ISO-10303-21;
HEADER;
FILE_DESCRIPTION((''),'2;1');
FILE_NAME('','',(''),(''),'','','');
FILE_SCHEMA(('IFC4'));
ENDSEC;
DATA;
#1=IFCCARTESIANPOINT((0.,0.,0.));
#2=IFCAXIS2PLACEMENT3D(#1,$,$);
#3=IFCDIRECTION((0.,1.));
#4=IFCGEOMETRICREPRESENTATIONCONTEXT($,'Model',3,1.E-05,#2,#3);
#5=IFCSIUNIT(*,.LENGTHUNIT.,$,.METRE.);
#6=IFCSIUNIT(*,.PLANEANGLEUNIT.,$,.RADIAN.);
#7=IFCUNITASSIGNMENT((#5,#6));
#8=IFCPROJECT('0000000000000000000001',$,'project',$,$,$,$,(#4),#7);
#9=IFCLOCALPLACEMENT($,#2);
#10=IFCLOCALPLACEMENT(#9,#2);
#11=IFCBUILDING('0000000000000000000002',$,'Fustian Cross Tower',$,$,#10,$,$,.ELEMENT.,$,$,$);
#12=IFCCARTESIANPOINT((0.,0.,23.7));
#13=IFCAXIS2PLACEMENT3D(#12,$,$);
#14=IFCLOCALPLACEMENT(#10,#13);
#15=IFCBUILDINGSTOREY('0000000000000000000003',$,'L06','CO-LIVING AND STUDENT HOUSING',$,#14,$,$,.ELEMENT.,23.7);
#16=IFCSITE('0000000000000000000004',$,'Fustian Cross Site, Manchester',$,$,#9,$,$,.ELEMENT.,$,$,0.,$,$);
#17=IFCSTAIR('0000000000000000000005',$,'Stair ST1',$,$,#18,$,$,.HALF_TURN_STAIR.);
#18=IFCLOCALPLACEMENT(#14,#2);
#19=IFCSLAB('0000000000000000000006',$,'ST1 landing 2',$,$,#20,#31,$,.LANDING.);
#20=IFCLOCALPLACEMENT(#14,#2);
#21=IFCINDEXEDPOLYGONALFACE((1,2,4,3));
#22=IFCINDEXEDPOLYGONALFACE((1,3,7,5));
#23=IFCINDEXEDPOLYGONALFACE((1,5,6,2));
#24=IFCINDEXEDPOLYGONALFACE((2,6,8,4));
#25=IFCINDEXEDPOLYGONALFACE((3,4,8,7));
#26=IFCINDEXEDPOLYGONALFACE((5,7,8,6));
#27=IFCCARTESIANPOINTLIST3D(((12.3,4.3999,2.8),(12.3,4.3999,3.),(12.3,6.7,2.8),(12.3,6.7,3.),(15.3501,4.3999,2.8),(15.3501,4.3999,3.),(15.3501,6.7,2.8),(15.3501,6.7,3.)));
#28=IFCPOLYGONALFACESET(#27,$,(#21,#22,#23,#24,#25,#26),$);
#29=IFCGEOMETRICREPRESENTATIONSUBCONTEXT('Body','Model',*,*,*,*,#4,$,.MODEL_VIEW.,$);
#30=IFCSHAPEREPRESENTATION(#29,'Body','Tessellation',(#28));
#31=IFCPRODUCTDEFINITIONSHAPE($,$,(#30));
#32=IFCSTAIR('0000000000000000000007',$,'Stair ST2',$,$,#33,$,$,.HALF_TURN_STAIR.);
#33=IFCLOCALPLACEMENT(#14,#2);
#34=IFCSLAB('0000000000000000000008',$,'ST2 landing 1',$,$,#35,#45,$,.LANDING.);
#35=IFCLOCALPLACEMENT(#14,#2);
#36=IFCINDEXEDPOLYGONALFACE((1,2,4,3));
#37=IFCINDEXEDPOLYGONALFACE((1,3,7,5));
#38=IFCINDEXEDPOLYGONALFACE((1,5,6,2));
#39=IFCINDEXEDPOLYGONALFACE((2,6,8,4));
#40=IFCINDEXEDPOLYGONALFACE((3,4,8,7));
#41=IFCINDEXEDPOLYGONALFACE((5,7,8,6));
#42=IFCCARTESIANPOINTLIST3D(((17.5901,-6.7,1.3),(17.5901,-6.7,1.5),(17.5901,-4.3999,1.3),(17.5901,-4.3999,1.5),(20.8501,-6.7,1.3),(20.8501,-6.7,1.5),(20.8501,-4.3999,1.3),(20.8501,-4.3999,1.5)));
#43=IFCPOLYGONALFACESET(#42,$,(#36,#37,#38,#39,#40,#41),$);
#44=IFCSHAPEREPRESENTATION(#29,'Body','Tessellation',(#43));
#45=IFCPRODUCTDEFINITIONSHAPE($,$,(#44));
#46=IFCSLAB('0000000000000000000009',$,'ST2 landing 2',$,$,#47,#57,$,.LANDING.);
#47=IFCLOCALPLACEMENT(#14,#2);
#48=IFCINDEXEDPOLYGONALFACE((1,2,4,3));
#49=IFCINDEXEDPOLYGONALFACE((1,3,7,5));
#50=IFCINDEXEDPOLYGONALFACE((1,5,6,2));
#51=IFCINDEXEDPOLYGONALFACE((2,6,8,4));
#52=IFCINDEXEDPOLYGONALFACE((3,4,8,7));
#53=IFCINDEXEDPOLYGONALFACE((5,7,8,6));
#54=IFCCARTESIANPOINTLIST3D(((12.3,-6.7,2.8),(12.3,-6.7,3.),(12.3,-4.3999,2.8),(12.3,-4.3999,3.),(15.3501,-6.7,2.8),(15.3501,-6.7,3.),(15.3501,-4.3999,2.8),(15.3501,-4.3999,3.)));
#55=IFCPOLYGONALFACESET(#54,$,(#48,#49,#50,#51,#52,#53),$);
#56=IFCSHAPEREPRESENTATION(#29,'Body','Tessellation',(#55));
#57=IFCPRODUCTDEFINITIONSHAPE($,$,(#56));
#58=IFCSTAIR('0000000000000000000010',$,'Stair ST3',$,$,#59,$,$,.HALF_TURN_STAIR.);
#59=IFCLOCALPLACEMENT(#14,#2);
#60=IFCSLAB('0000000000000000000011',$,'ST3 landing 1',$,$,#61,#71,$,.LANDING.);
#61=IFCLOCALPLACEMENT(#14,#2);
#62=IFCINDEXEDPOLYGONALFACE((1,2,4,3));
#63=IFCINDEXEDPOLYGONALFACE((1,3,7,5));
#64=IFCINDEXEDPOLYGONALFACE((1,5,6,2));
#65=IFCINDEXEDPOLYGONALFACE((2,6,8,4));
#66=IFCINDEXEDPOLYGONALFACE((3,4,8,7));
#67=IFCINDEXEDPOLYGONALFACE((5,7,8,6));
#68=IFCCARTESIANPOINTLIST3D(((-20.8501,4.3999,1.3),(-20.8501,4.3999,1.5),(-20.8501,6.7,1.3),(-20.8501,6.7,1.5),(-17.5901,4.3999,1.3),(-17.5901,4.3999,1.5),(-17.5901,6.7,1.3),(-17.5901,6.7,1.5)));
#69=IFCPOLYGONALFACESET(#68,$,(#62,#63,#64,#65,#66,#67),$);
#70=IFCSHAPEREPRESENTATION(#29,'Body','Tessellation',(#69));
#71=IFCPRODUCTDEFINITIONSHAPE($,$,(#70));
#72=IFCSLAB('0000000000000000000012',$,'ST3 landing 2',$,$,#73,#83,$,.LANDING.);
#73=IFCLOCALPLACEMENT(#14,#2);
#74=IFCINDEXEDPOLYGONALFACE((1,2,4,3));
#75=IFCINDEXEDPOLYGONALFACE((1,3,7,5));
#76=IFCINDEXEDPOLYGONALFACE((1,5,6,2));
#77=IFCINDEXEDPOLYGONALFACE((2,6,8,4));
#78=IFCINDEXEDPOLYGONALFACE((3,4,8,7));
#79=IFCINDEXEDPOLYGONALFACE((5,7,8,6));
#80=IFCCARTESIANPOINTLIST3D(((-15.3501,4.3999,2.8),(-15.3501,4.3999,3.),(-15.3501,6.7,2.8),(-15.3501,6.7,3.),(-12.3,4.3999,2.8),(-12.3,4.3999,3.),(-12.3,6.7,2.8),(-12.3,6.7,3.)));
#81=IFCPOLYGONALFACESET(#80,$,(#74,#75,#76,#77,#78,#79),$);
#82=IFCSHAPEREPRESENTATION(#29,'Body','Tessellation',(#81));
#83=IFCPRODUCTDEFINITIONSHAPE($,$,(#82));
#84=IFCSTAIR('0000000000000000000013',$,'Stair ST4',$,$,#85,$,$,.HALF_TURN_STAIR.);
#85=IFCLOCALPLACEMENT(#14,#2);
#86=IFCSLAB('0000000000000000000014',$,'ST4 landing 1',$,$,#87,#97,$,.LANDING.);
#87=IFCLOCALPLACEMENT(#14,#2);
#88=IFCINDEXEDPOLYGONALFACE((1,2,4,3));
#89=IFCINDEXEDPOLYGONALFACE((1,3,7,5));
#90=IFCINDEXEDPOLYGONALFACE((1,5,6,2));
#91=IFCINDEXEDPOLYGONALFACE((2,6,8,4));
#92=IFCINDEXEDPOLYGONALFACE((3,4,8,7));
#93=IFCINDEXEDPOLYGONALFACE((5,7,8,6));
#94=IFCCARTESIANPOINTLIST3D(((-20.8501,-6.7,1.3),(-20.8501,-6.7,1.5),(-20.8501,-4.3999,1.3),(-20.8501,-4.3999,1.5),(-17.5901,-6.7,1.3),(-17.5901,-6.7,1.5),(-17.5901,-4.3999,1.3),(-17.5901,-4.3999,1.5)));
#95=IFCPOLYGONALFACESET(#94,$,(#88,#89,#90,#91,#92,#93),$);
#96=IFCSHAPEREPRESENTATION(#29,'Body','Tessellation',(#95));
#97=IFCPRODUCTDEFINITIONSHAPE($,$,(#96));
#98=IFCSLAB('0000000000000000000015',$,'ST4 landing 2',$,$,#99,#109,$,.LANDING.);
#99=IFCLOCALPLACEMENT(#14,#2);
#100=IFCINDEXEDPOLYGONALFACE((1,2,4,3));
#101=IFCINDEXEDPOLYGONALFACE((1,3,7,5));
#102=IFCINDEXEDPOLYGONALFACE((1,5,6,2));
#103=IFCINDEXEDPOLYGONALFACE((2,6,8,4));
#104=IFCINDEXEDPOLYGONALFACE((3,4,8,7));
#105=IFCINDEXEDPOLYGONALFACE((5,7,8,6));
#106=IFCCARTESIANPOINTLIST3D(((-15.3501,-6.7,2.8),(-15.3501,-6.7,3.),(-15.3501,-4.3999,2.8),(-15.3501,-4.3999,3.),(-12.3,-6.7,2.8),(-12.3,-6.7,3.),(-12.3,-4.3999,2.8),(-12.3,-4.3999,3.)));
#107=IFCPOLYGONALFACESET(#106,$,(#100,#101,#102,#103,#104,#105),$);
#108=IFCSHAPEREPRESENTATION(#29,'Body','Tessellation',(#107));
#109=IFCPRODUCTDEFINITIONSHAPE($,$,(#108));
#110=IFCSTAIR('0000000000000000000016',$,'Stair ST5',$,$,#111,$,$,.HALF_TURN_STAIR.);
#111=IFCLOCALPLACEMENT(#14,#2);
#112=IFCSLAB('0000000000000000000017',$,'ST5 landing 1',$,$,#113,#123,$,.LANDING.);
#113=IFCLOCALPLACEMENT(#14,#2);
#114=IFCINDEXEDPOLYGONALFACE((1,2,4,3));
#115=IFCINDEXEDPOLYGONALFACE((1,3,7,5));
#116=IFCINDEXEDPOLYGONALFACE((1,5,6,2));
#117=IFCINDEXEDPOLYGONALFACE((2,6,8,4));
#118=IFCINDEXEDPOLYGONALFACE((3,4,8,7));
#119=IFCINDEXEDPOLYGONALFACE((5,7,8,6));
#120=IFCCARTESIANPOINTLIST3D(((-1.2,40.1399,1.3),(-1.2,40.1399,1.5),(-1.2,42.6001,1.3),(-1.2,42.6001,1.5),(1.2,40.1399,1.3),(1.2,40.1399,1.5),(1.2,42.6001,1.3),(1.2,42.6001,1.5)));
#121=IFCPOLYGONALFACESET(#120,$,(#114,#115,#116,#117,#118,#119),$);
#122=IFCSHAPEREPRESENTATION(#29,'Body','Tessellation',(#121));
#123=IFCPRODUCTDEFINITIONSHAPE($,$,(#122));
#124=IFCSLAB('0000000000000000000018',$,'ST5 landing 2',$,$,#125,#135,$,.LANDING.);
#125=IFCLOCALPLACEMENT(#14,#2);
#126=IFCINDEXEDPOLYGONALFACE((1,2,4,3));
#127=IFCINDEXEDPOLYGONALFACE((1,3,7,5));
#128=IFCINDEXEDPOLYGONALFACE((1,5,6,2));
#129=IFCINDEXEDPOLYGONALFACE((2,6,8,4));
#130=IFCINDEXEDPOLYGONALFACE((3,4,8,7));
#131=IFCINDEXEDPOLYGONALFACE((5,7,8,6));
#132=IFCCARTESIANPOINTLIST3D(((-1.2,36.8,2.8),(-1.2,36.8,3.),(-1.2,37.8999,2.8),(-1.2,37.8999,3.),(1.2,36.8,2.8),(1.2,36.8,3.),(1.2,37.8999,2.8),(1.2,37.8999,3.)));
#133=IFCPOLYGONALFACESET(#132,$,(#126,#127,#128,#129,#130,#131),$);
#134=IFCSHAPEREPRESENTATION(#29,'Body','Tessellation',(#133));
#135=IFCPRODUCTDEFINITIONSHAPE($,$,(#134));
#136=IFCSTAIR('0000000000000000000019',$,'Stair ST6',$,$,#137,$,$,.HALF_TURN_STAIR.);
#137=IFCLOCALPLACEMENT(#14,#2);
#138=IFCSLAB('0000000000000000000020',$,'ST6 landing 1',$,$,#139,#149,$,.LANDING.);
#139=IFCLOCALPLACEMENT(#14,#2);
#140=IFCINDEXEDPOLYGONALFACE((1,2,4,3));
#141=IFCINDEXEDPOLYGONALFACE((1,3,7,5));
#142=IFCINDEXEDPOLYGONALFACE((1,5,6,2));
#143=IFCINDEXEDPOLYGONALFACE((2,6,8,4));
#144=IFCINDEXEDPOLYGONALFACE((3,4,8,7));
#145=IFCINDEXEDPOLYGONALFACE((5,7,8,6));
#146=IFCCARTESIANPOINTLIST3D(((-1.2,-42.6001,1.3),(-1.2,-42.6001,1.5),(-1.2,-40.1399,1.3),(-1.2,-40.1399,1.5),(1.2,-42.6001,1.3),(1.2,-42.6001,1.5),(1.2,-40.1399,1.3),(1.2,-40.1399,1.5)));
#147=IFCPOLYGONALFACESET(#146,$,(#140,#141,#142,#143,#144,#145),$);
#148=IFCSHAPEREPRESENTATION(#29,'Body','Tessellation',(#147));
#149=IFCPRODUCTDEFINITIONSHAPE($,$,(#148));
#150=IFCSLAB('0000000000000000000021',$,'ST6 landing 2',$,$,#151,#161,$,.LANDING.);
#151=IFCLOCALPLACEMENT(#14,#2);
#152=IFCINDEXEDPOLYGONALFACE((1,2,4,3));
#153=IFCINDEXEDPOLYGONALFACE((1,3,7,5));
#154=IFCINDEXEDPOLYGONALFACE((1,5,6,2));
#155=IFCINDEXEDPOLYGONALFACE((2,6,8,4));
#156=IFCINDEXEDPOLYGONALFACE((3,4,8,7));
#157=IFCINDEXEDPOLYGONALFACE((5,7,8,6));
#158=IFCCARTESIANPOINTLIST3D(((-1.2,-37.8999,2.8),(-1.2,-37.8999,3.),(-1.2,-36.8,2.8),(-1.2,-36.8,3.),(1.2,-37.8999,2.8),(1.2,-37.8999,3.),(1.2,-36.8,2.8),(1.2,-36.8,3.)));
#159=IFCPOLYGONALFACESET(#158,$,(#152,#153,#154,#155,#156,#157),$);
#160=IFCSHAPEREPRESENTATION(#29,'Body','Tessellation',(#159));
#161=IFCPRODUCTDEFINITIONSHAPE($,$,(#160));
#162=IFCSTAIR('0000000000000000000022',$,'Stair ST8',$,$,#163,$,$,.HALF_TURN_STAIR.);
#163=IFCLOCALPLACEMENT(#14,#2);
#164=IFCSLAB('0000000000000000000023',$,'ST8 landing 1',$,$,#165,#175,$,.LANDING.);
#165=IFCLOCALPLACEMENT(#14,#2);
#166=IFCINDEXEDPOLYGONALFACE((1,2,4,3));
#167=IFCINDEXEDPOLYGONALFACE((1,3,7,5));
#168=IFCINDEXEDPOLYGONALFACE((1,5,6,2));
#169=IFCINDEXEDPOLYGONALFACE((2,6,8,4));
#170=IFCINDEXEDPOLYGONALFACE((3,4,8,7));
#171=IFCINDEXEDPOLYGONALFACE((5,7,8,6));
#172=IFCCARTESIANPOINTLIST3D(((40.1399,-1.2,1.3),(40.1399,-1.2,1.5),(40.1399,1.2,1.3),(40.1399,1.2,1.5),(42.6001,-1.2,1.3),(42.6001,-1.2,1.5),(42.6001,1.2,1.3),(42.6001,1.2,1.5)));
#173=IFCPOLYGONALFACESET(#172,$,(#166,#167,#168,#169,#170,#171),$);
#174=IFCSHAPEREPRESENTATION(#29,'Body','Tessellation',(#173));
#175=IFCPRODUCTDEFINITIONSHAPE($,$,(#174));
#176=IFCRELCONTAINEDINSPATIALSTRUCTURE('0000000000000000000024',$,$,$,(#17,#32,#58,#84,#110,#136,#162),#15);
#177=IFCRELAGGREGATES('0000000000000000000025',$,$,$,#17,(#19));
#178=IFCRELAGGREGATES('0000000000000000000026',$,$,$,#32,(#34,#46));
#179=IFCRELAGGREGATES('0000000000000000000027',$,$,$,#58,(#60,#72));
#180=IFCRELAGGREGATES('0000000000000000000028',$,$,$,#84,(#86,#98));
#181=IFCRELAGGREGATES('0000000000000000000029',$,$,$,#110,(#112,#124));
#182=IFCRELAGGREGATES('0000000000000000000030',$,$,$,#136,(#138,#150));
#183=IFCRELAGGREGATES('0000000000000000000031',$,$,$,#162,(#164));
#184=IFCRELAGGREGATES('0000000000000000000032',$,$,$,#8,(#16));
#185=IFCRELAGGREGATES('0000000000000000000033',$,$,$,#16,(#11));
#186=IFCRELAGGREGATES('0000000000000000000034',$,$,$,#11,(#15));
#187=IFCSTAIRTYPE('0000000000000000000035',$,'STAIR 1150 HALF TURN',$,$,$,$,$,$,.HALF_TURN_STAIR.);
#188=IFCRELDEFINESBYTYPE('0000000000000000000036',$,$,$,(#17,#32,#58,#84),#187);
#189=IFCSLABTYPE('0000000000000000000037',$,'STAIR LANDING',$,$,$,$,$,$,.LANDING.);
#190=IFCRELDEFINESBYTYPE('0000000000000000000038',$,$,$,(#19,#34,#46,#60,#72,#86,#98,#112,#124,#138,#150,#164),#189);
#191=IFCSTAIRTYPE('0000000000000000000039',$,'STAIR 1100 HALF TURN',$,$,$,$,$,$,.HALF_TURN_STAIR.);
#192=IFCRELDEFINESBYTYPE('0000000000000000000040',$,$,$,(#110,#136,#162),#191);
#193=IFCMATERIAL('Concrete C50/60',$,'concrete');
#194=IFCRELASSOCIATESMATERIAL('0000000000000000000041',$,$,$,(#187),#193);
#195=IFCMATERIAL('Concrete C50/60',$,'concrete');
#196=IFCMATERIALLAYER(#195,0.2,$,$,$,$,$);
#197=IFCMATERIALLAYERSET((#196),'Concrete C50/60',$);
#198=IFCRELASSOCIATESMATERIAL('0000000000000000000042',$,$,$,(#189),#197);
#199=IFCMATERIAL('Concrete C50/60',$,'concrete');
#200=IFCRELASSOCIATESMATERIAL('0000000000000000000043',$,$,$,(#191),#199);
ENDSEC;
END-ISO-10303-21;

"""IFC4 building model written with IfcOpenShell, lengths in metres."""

from ifc_helpers import new_model, si_unit, direction, frame, origin, place, context, subcontext, project, spatial, polyline, outline, extrude, material, layer, layer_set, type_object, element, aggregate, save


model = new_model("IFC4")

# Units and contexts
model_context = context("Model", 3, precision=1e-05, world=origin(), true_north=direction((0.0, 1.0)))
body_context = subcontext(model_context, "Body", "Model", "MODEL_VIEW")
ifc_project = project(units=[si_unit("LENGTHUNIT", "METRE"), si_unit("PLANEANGLEUNIT", "RADIAN")], contexts=[model_context])

# Site, building, storey
site_placement = place(None, origin())
site = spatial("IfcSite", under=ifc_project, at=site_placement, Name="Fustian Cross Site, Manchester", CompositionType="ELEMENT", RefElevation=0.0)
building_placement = place(site_placement, origin())
building = spatial("IfcBuilding", under=site, at=building_placement, Name="Fustian Cross Tower", CompositionType="ELEMENT")
storey_placement = place(building_placement, frame((0.0, 0.0, 23.7)))
storey = spatial("IfcBuildingStorey", under=building, at=storey_placement, Name="L06", Description="CO-LIVING AND STUDENT HOUSING", CompositionType="ELEMENT", Elevation=23.7)

# Stair, slab
ifc_material_1 = material(Name="Concrete C50/60", Category="concrete")
stair_type_1 = type_object("IfcStairType", Name="STAIR 1150 HALF TURN", PredefinedType="HALF_TURN_STAIR", material=ifc_material_1)
stair_1_placement = place(storey_placement, origin())
stair_1 = element("IfcStair", 1, at=stair_1_placement, inside=storey, type_object=stair_type_1, Name="Stair ST1", PredefinedType="HALF_TURN_STAIR")
ifc_material_2 = material(Name="Concrete C50/60", Category="concrete")
ifc_layer = layer(ifc_material_2, 0.2)
ifc_layer_set = layer_set([ifc_layer], Name="Concrete C50/60")
slab_type = type_object("IfcSlabType", Name="STAIR LANDING", PredefinedType="LANDING", material=ifc_layer_set)
slab_1_placement = place(storey_placement, frame((0.0, 0.0, 2.8)))
slab_1 = element("IfcSlab", 2, at=slab_1_placement, type_object=slab_type, Name="ST1 landing 2", PredefinedType="LANDING", context=body_context, shape_type="SweptSolid", body=[
    extrude(outline(polyline([(12.3, 4.3999), (15.3501, 4.3999), (15.3501, 6.7), (12.3, 6.7), (12.3, 4.3999)])), origin(), (0.0, 0.0, 1.0), 0.2),
])
aggregate(stair_1, [slab_1])

# Stairs, slabs
stair_2_placement = place(storey_placement, origin())
stair_2 = element("IfcStair", 3, at=stair_2_placement, inside=storey, type_object=stair_type_1, Name="Stair ST2", PredefinedType="HALF_TURN_STAIR")
slab_2_placement = place(storey_placement, frame((0.0, 0.0, 1.3)))
slab_2 = element("IfcSlab", 4, at=slab_2_placement, type_object=slab_type, Name="ST2 landing 1", PredefinedType="LANDING", context=body_context, shape_type="SweptSolid", body=[
    extrude(outline(polyline([(17.5901, -4.3999), (20.8501, -4.3999), (20.8501, -6.7), (17.5901, -6.7), (17.5901, -4.3999)])), origin(), (0.0, 0.0, 1.0), 0.2),
])
slab_3_placement = place(storey_placement, frame((0.0, 0.0, 2.8)))
slab_3 = element("IfcSlab", 5, at=slab_3_placement, type_object=slab_type, Name="ST2 landing 2", PredefinedType="LANDING", context=body_context, shape_type="SweptSolid", body=[
    extrude(outline(polyline([(12.3, -4.3999), (15.3501, -4.3999), (15.3501, -6.7), (12.3, -6.7), (12.3, -4.3999)])), origin(), (0.0, 0.0, 1.0), 0.2),
])
aggregate(stair_2, [slab_2, slab_3])
stair_3_placement = place(storey_placement, origin())
stair_3 = element("IfcStair", 6, at=stair_3_placement, inside=storey, type_object=stair_type_1, Name="Stair ST3", PredefinedType="HALF_TURN_STAIR")
slab_4_placement = place(storey_placement, frame((0.0, 0.0, 1.3)))
slab_4 = element("IfcSlab", 7, at=slab_4_placement, type_object=slab_type, Name="ST3 landing 1", PredefinedType="LANDING", context=body_context, shape_type="SweptSolid", body=[
    extrude(outline(polyline([(-17.5901, 4.3999), (-20.8501, 4.3999), (-20.8501, 6.7), (-17.5901, 6.7), (-17.5901, 4.3999)])), origin(), (0.0, 0.0, 1.0), 0.2),
])
slab_5_placement = place(storey_placement, frame((0.0, 0.0, 2.8)))
slab_5 = element("IfcSlab", 8, at=slab_5_placement, type_object=slab_type, Name="ST3 landing 2", PredefinedType="LANDING", context=body_context, shape_type="SweptSolid", body=[
    extrude(outline(polyline([(-12.3, 4.3999), (-15.3501, 4.3999), (-15.3501, 6.7), (-12.3, 6.7), (-12.3, 4.3999)])), origin(), (0.0, 0.0, 1.0), 0.2),
])
aggregate(stair_3, [slab_4, slab_5])
stair_4_placement = place(storey_placement, origin())
stair_4 = element("IfcStair", 9, at=stair_4_placement, inside=storey, type_object=stair_type_1, Name="Stair ST4", PredefinedType="HALF_TURN_STAIR")
slab_6_placement = place(storey_placement, frame((0.0, 0.0, 1.3)))
slab_6 = element("IfcSlab", 10, at=slab_6_placement, type_object=slab_type, Name="ST4 landing 1", PredefinedType="LANDING", context=body_context, shape_type="SweptSolid", body=[
    extrude(outline(polyline([(-17.5901, -4.3999), (-20.8501, -4.3999), (-20.8501, -6.7), (-17.5901, -6.7), (-17.5901, -4.3999)])), origin(), (0.0, 0.0, 1.0), 0.2),
])
slab_7_placement = place(storey_placement, frame((0.0, 0.0, 2.8)))
slab_7 = element("IfcSlab", 11, at=slab_7_placement, type_object=slab_type, Name="ST4 landing 2", PredefinedType="LANDING", context=body_context, shape_type="SweptSolid", body=[
    extrude(outline(polyline([(-12.3, -4.3999), (-15.3501, -4.3999), (-15.3501, -6.7), (-12.3, -6.7), (-12.3, -4.3999)])), origin(), (0.0, 0.0, 1.0), 0.2),
])
aggregate(stair_4, [slab_6, slab_7])
ifc_material_3 = material(Name="Concrete C50/60", Category="concrete")
stair_type_2 = type_object("IfcStairType", Name="STAIR 1100 HALF TURN", PredefinedType="HALF_TURN_STAIR", material=ifc_material_3)
stair_5_placement = place(storey_placement, origin())
stair_5 = element("IfcStair", 12, at=stair_5_placement, inside=storey, type_object=stair_type_2, Name="Stair ST5", PredefinedType="HALF_TURN_STAIR")
slab_8_placement = place(storey_placement, frame((0.0, 0.0, 1.3)))
slab_8 = element("IfcSlab", 13, at=slab_8_placement, type_object=slab_type, Name="ST5 landing 1", PredefinedType="LANDING", context=body_context, shape_type="SweptSolid", body=[
    extrude(outline(polyline([(-1.2, 40.1399), (-1.2, 42.6001), (1.2, 42.6001), (1.2, 40.1399), (-1.2, 40.1399)])), origin(), (0.0, 0.0, 1.0), 0.2),
])
slab_9_placement = place(storey_placement, frame((0.0, 0.0, 2.8)))
slab_9 = element("IfcSlab", 14, at=slab_9_placement, type_object=slab_type, Name="ST5 landing 2", PredefinedType="LANDING", context=body_context, shape_type="SweptSolid", body=[
    extrude(outline(polyline([(-1.2, 36.8), (-1.2, 37.8999), (1.2, 37.8999), (1.2, 36.8), (-1.2, 36.8)])), origin(), (0.0, 0.0, 1.0), 0.2),
])
aggregate(stair_5, [slab_8, slab_9])
stair_6_placement = place(storey_placement, origin())
stair_6 = element("IfcStair", 15, at=stair_6_placement, inside=storey, type_object=stair_type_2, Name="Stair ST6", PredefinedType="HALF_TURN_STAIR")
slab_10_placement = place(storey_placement, frame((0.0, 0.0, 1.3)))
slab_10 = element("IfcSlab", 16, at=slab_10_placement, type_object=slab_type, Name="ST6 landing 1", PredefinedType="LANDING", context=body_context, shape_type="SweptSolid", body=[
    extrude(outline(polyline([(-1.2, -40.1399), (-1.2, -42.6001), (1.2, -42.6001), (1.2, -40.1399), (-1.2, -40.1399)])), origin(), (0.0, 0.0, 1.0), 0.2),
])
slab_11_placement = place(storey_placement, frame((0.0, 0.0, 2.8)))
slab_11 = element("IfcSlab", 17, at=slab_11_placement, type_object=slab_type, Name="ST6 landing 2", PredefinedType="LANDING", context=body_context, shape_type="SweptSolid", body=[
    extrude(outline(polyline([(-1.2, -36.8), (-1.2, -37.8999), (1.2, -37.8999), (1.2, -36.8), (-1.2, -36.8)])), origin(), (0.0, 0.0, 1.0), 0.2),
])
aggregate(stair_6, [slab_10, slab_11])

# Stair, slab
stair_7_placement = place(storey_placement, origin())
stair_7 = element("IfcStair", 18, at=stair_7_placement, inside=storey, type_object=stair_type_2, Name="Stair ST8", PredefinedType="HALF_TURN_STAIR")
slab_12_placement = place(storey_placement, frame((0.0, 0.0, 1.3)))
slab_12 = element("IfcSlab", 19, at=slab_12_placement, type_object=slab_type, Name="ST8 landing 1", PredefinedType="LANDING", context=body_context, shape_type="SweptSolid", body=[
    extrude(outline(polyline([(40.1399, -1.2), (42.6001, -1.2), (42.6001, 1.2), (40.1399, 1.2), (40.1399, -1.2)])), origin(), (0.0, 0.0, 1.0), 0.2),
])
aggregate(stair_7, [slab_12])

save(model, "model.ifc")
